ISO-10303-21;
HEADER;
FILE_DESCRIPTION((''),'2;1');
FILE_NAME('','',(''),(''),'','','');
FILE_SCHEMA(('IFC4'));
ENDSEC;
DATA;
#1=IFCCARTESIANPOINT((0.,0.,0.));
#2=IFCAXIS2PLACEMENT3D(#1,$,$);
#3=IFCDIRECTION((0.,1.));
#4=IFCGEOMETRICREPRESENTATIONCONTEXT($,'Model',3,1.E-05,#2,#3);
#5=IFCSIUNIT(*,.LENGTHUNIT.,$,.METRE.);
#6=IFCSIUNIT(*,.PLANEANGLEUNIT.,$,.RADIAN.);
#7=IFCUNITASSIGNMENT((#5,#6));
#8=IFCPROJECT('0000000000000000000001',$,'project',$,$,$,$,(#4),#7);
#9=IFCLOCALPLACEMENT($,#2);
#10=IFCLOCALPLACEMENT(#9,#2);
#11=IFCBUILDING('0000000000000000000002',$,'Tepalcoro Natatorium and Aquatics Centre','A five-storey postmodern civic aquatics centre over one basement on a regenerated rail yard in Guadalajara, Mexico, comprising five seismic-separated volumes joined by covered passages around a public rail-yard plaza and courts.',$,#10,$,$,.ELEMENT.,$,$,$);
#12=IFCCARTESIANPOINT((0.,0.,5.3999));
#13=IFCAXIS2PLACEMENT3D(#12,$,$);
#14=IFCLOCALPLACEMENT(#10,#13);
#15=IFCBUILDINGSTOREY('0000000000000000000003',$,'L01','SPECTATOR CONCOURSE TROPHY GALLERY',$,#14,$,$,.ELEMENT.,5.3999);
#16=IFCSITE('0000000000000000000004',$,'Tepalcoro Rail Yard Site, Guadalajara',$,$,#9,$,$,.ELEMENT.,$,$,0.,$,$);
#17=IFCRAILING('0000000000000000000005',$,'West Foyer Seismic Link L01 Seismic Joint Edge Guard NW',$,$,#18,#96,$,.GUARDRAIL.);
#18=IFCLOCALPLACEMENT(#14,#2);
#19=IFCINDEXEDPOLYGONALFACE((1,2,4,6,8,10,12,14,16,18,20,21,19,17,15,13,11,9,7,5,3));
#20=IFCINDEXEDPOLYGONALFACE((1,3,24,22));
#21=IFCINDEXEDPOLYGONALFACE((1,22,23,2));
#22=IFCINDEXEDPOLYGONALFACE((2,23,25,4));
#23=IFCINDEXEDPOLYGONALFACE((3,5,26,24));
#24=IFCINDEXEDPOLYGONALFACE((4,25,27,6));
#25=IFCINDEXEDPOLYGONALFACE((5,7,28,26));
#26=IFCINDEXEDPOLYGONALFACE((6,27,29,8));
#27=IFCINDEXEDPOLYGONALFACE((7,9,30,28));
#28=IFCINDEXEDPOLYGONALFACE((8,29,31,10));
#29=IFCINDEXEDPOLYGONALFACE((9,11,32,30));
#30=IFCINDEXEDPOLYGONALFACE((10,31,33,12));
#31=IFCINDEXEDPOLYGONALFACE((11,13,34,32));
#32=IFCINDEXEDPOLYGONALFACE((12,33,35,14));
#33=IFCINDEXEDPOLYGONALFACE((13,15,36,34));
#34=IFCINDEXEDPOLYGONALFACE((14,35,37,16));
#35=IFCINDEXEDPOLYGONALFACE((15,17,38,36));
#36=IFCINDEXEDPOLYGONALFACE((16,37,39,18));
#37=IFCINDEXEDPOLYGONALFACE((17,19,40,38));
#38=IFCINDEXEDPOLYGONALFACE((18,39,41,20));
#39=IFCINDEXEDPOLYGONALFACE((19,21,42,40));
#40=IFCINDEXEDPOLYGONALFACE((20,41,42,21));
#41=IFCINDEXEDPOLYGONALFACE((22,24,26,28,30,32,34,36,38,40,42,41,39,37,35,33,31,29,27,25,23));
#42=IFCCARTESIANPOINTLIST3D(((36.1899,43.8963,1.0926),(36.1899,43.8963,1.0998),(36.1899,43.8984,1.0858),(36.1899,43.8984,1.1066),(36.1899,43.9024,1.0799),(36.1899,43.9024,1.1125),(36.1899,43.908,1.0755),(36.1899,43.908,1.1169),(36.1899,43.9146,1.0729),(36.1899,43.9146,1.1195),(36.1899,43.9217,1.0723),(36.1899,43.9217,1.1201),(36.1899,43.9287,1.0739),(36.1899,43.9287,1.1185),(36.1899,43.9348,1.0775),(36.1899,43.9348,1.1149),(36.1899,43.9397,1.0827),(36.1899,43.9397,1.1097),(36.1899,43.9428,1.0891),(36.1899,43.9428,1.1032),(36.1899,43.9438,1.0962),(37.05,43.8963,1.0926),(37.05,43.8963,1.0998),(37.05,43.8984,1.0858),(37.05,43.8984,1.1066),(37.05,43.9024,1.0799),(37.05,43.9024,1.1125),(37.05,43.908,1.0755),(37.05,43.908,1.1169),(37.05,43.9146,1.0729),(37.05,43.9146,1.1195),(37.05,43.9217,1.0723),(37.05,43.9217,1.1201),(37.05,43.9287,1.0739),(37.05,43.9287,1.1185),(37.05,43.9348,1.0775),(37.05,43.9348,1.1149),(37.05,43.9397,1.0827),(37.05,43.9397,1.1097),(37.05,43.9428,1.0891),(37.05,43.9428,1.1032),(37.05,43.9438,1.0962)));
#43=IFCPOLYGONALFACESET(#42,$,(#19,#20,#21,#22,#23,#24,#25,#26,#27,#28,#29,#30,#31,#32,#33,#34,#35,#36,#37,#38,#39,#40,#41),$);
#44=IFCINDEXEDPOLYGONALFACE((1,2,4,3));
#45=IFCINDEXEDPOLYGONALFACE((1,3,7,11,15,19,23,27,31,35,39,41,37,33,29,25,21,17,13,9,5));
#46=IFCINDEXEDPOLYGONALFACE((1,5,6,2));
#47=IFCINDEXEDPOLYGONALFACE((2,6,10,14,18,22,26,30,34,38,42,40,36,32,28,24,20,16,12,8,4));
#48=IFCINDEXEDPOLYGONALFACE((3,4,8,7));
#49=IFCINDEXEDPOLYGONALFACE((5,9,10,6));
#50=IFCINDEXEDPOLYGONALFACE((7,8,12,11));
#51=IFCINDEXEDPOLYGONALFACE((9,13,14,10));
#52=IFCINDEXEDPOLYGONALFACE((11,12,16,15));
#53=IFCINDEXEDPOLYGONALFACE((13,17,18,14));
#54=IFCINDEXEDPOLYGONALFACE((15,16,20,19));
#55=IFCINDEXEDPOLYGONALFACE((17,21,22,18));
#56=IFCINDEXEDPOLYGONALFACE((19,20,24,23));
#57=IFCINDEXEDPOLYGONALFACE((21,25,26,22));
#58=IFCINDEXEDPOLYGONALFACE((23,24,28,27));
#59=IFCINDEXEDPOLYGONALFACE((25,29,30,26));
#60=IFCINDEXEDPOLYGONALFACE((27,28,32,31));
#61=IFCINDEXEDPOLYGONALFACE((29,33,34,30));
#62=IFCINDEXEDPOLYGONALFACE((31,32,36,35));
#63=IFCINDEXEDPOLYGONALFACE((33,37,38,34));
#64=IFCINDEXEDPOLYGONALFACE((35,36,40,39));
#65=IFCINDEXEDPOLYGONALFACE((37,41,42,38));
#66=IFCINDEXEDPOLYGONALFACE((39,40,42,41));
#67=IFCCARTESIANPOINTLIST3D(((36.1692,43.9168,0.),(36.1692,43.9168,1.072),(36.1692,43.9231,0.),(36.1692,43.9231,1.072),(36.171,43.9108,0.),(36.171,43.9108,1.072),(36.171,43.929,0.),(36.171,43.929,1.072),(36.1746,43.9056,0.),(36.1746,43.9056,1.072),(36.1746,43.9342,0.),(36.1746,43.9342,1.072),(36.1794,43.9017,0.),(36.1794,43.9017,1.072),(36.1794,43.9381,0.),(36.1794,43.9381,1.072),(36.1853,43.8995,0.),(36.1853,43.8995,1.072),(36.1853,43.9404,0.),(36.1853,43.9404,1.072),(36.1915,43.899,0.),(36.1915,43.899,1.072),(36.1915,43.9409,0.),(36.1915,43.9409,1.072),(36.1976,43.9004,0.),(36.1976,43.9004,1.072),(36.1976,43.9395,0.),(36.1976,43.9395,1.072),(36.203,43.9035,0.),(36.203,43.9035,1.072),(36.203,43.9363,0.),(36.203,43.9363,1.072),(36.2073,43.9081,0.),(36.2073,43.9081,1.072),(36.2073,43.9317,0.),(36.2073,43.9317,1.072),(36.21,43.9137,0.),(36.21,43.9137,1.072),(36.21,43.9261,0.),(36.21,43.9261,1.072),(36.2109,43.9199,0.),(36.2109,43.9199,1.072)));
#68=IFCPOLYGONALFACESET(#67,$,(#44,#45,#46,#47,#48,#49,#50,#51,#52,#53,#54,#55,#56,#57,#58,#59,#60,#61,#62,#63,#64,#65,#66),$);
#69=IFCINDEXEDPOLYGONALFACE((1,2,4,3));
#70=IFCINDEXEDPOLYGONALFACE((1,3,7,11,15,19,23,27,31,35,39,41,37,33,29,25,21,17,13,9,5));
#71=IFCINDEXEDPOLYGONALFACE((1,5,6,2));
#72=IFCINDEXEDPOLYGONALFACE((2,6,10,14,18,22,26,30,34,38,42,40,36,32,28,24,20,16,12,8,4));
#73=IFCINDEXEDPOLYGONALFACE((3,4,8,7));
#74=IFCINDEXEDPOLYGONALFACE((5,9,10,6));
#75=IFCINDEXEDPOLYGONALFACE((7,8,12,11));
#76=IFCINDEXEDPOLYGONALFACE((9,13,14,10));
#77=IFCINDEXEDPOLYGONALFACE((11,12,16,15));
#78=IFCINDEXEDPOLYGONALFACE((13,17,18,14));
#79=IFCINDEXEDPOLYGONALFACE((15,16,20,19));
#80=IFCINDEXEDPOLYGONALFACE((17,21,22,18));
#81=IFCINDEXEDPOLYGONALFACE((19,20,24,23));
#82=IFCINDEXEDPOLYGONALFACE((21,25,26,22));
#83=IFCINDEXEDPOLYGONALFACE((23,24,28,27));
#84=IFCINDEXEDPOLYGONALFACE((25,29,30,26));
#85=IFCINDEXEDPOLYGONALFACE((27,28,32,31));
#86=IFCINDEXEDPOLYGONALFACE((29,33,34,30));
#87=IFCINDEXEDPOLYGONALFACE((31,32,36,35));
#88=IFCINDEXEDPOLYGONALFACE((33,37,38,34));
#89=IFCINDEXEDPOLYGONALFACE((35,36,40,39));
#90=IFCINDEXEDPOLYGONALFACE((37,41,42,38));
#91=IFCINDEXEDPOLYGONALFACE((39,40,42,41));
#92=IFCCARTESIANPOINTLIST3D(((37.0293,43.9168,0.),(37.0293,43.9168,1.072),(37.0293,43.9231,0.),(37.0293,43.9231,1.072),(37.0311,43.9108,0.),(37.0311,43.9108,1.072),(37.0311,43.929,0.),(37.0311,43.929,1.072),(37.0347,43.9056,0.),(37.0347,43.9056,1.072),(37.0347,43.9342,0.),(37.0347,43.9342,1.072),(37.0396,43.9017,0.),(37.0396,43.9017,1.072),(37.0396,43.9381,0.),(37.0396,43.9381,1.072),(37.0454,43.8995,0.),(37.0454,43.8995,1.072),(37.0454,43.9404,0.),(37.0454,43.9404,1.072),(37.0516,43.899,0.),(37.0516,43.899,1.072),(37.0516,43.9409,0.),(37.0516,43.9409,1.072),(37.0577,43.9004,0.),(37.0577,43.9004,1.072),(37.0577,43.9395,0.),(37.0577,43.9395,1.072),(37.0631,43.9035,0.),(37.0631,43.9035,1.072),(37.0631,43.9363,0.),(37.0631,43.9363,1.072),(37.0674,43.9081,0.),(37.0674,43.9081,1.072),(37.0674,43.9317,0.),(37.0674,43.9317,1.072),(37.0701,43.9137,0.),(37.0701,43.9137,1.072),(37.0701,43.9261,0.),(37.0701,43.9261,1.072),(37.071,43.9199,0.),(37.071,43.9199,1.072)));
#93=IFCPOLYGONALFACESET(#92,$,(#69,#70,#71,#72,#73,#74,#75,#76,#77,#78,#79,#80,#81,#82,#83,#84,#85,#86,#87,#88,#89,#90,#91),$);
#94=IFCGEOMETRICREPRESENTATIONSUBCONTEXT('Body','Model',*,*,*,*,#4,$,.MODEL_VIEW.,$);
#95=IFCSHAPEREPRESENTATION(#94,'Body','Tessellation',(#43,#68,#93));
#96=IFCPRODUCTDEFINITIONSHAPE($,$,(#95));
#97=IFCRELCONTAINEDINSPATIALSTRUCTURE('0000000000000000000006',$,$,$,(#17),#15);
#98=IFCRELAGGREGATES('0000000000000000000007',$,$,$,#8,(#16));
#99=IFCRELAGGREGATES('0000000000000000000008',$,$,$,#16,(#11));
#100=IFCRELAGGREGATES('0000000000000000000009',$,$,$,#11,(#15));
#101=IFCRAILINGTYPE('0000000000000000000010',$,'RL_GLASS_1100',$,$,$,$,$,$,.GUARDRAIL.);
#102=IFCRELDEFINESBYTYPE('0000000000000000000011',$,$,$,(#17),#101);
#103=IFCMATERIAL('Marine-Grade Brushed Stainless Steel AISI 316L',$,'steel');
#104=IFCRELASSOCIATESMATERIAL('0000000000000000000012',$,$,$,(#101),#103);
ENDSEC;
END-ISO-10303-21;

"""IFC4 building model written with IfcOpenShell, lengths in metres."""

from ifc_helpers import new_model, si_unit, direction, frame, origin, origin_2d, place, context, subcontext, project, spatial, circle, extrude, material, type_object, element, save


model = new_model("IFC4")

# Units and contexts
model_context = context("Model", 3, precision=1e-05, world=origin(), true_north=direction((0.0, 1.0)))
body_context = subcontext(model_context, "Body", "Model", "MODEL_VIEW")
ifc_project = project(units=[si_unit("LENGTHUNIT", "METRE"), si_unit("PLANEANGLEUNIT", "RADIAN")], contexts=[model_context])

# Site, building, storey
site_placement = place(None, origin())
site = spatial("IfcSite", under=ifc_project, at=site_placement, Name="Tepalcoro Rail Yard Site, Guadalajara", CompositionType="ELEMENT", RefElevation=0.0)
building_placement = place(site_placement, origin())
building = spatial("IfcBuilding", under=site, at=building_placement, Name="Tepalcoro Natatorium and Aquatics Centre", Description="A five-storey postmodern civic aquatics centre over one basement on a regenerated rail yard in Guadalajara, Mexico, comprising five seismic-separated volumes joined by covered passages around a public rail-yard plaza and courts.", CompositionType="ELEMENT")
storey_placement = place(building_placement, frame((0.0, 0.0, 5.3999)))
storey = spatial("IfcBuildingStorey", under=building, at=storey_placement, Name="L01", Description="SPECTATOR CONCOURSE TROPHY GALLERY", CompositionType="ELEMENT", Elevation=5.3999)

# Railing
ifc_material_1 = material(Name="Marine-Grade Brushed Stainless Steel AISI 316L", Category="steel")
railing_type = type_object("IfcRailingType", Name="RL_GLASS_1100", PredefinedType="GUARDRAIL", material=ifc_material_1)
railing_placement = place(storey_placement, frame((36.1899, 43.9199, 0.0)))
element("IfcRailing", 1, at=railing_placement, inside=storey, type_object=railing_type, Name="West Foyer Seismic Link L01 Seismic Joint Edge Guard NW", PredefinedType="GUARDRAIL", context=body_context, shape_type="SweptSolid", body=[
    extrude(circle(Radius=0.0239, at=origin_2d()), frame((0.0, 0.0, 1.0962), z_axis=(1.0, 0.0, 0.0), x_axis=(0.0, 1.0, 0.0)), (0.0, 0.0, 1.0), 0.8601),
    extrude(circle(Radius=0.021, at=origin_2d()), origin(), (0.0, 0.0, 1.0), 1.072),
    extrude(circle(Radius=0.021, at=origin_2d()), frame((0.8601, 0.0, 0.0)), (0.0, 0.0, 1.0), 1.072),
])

save(model, "model.ifc")
